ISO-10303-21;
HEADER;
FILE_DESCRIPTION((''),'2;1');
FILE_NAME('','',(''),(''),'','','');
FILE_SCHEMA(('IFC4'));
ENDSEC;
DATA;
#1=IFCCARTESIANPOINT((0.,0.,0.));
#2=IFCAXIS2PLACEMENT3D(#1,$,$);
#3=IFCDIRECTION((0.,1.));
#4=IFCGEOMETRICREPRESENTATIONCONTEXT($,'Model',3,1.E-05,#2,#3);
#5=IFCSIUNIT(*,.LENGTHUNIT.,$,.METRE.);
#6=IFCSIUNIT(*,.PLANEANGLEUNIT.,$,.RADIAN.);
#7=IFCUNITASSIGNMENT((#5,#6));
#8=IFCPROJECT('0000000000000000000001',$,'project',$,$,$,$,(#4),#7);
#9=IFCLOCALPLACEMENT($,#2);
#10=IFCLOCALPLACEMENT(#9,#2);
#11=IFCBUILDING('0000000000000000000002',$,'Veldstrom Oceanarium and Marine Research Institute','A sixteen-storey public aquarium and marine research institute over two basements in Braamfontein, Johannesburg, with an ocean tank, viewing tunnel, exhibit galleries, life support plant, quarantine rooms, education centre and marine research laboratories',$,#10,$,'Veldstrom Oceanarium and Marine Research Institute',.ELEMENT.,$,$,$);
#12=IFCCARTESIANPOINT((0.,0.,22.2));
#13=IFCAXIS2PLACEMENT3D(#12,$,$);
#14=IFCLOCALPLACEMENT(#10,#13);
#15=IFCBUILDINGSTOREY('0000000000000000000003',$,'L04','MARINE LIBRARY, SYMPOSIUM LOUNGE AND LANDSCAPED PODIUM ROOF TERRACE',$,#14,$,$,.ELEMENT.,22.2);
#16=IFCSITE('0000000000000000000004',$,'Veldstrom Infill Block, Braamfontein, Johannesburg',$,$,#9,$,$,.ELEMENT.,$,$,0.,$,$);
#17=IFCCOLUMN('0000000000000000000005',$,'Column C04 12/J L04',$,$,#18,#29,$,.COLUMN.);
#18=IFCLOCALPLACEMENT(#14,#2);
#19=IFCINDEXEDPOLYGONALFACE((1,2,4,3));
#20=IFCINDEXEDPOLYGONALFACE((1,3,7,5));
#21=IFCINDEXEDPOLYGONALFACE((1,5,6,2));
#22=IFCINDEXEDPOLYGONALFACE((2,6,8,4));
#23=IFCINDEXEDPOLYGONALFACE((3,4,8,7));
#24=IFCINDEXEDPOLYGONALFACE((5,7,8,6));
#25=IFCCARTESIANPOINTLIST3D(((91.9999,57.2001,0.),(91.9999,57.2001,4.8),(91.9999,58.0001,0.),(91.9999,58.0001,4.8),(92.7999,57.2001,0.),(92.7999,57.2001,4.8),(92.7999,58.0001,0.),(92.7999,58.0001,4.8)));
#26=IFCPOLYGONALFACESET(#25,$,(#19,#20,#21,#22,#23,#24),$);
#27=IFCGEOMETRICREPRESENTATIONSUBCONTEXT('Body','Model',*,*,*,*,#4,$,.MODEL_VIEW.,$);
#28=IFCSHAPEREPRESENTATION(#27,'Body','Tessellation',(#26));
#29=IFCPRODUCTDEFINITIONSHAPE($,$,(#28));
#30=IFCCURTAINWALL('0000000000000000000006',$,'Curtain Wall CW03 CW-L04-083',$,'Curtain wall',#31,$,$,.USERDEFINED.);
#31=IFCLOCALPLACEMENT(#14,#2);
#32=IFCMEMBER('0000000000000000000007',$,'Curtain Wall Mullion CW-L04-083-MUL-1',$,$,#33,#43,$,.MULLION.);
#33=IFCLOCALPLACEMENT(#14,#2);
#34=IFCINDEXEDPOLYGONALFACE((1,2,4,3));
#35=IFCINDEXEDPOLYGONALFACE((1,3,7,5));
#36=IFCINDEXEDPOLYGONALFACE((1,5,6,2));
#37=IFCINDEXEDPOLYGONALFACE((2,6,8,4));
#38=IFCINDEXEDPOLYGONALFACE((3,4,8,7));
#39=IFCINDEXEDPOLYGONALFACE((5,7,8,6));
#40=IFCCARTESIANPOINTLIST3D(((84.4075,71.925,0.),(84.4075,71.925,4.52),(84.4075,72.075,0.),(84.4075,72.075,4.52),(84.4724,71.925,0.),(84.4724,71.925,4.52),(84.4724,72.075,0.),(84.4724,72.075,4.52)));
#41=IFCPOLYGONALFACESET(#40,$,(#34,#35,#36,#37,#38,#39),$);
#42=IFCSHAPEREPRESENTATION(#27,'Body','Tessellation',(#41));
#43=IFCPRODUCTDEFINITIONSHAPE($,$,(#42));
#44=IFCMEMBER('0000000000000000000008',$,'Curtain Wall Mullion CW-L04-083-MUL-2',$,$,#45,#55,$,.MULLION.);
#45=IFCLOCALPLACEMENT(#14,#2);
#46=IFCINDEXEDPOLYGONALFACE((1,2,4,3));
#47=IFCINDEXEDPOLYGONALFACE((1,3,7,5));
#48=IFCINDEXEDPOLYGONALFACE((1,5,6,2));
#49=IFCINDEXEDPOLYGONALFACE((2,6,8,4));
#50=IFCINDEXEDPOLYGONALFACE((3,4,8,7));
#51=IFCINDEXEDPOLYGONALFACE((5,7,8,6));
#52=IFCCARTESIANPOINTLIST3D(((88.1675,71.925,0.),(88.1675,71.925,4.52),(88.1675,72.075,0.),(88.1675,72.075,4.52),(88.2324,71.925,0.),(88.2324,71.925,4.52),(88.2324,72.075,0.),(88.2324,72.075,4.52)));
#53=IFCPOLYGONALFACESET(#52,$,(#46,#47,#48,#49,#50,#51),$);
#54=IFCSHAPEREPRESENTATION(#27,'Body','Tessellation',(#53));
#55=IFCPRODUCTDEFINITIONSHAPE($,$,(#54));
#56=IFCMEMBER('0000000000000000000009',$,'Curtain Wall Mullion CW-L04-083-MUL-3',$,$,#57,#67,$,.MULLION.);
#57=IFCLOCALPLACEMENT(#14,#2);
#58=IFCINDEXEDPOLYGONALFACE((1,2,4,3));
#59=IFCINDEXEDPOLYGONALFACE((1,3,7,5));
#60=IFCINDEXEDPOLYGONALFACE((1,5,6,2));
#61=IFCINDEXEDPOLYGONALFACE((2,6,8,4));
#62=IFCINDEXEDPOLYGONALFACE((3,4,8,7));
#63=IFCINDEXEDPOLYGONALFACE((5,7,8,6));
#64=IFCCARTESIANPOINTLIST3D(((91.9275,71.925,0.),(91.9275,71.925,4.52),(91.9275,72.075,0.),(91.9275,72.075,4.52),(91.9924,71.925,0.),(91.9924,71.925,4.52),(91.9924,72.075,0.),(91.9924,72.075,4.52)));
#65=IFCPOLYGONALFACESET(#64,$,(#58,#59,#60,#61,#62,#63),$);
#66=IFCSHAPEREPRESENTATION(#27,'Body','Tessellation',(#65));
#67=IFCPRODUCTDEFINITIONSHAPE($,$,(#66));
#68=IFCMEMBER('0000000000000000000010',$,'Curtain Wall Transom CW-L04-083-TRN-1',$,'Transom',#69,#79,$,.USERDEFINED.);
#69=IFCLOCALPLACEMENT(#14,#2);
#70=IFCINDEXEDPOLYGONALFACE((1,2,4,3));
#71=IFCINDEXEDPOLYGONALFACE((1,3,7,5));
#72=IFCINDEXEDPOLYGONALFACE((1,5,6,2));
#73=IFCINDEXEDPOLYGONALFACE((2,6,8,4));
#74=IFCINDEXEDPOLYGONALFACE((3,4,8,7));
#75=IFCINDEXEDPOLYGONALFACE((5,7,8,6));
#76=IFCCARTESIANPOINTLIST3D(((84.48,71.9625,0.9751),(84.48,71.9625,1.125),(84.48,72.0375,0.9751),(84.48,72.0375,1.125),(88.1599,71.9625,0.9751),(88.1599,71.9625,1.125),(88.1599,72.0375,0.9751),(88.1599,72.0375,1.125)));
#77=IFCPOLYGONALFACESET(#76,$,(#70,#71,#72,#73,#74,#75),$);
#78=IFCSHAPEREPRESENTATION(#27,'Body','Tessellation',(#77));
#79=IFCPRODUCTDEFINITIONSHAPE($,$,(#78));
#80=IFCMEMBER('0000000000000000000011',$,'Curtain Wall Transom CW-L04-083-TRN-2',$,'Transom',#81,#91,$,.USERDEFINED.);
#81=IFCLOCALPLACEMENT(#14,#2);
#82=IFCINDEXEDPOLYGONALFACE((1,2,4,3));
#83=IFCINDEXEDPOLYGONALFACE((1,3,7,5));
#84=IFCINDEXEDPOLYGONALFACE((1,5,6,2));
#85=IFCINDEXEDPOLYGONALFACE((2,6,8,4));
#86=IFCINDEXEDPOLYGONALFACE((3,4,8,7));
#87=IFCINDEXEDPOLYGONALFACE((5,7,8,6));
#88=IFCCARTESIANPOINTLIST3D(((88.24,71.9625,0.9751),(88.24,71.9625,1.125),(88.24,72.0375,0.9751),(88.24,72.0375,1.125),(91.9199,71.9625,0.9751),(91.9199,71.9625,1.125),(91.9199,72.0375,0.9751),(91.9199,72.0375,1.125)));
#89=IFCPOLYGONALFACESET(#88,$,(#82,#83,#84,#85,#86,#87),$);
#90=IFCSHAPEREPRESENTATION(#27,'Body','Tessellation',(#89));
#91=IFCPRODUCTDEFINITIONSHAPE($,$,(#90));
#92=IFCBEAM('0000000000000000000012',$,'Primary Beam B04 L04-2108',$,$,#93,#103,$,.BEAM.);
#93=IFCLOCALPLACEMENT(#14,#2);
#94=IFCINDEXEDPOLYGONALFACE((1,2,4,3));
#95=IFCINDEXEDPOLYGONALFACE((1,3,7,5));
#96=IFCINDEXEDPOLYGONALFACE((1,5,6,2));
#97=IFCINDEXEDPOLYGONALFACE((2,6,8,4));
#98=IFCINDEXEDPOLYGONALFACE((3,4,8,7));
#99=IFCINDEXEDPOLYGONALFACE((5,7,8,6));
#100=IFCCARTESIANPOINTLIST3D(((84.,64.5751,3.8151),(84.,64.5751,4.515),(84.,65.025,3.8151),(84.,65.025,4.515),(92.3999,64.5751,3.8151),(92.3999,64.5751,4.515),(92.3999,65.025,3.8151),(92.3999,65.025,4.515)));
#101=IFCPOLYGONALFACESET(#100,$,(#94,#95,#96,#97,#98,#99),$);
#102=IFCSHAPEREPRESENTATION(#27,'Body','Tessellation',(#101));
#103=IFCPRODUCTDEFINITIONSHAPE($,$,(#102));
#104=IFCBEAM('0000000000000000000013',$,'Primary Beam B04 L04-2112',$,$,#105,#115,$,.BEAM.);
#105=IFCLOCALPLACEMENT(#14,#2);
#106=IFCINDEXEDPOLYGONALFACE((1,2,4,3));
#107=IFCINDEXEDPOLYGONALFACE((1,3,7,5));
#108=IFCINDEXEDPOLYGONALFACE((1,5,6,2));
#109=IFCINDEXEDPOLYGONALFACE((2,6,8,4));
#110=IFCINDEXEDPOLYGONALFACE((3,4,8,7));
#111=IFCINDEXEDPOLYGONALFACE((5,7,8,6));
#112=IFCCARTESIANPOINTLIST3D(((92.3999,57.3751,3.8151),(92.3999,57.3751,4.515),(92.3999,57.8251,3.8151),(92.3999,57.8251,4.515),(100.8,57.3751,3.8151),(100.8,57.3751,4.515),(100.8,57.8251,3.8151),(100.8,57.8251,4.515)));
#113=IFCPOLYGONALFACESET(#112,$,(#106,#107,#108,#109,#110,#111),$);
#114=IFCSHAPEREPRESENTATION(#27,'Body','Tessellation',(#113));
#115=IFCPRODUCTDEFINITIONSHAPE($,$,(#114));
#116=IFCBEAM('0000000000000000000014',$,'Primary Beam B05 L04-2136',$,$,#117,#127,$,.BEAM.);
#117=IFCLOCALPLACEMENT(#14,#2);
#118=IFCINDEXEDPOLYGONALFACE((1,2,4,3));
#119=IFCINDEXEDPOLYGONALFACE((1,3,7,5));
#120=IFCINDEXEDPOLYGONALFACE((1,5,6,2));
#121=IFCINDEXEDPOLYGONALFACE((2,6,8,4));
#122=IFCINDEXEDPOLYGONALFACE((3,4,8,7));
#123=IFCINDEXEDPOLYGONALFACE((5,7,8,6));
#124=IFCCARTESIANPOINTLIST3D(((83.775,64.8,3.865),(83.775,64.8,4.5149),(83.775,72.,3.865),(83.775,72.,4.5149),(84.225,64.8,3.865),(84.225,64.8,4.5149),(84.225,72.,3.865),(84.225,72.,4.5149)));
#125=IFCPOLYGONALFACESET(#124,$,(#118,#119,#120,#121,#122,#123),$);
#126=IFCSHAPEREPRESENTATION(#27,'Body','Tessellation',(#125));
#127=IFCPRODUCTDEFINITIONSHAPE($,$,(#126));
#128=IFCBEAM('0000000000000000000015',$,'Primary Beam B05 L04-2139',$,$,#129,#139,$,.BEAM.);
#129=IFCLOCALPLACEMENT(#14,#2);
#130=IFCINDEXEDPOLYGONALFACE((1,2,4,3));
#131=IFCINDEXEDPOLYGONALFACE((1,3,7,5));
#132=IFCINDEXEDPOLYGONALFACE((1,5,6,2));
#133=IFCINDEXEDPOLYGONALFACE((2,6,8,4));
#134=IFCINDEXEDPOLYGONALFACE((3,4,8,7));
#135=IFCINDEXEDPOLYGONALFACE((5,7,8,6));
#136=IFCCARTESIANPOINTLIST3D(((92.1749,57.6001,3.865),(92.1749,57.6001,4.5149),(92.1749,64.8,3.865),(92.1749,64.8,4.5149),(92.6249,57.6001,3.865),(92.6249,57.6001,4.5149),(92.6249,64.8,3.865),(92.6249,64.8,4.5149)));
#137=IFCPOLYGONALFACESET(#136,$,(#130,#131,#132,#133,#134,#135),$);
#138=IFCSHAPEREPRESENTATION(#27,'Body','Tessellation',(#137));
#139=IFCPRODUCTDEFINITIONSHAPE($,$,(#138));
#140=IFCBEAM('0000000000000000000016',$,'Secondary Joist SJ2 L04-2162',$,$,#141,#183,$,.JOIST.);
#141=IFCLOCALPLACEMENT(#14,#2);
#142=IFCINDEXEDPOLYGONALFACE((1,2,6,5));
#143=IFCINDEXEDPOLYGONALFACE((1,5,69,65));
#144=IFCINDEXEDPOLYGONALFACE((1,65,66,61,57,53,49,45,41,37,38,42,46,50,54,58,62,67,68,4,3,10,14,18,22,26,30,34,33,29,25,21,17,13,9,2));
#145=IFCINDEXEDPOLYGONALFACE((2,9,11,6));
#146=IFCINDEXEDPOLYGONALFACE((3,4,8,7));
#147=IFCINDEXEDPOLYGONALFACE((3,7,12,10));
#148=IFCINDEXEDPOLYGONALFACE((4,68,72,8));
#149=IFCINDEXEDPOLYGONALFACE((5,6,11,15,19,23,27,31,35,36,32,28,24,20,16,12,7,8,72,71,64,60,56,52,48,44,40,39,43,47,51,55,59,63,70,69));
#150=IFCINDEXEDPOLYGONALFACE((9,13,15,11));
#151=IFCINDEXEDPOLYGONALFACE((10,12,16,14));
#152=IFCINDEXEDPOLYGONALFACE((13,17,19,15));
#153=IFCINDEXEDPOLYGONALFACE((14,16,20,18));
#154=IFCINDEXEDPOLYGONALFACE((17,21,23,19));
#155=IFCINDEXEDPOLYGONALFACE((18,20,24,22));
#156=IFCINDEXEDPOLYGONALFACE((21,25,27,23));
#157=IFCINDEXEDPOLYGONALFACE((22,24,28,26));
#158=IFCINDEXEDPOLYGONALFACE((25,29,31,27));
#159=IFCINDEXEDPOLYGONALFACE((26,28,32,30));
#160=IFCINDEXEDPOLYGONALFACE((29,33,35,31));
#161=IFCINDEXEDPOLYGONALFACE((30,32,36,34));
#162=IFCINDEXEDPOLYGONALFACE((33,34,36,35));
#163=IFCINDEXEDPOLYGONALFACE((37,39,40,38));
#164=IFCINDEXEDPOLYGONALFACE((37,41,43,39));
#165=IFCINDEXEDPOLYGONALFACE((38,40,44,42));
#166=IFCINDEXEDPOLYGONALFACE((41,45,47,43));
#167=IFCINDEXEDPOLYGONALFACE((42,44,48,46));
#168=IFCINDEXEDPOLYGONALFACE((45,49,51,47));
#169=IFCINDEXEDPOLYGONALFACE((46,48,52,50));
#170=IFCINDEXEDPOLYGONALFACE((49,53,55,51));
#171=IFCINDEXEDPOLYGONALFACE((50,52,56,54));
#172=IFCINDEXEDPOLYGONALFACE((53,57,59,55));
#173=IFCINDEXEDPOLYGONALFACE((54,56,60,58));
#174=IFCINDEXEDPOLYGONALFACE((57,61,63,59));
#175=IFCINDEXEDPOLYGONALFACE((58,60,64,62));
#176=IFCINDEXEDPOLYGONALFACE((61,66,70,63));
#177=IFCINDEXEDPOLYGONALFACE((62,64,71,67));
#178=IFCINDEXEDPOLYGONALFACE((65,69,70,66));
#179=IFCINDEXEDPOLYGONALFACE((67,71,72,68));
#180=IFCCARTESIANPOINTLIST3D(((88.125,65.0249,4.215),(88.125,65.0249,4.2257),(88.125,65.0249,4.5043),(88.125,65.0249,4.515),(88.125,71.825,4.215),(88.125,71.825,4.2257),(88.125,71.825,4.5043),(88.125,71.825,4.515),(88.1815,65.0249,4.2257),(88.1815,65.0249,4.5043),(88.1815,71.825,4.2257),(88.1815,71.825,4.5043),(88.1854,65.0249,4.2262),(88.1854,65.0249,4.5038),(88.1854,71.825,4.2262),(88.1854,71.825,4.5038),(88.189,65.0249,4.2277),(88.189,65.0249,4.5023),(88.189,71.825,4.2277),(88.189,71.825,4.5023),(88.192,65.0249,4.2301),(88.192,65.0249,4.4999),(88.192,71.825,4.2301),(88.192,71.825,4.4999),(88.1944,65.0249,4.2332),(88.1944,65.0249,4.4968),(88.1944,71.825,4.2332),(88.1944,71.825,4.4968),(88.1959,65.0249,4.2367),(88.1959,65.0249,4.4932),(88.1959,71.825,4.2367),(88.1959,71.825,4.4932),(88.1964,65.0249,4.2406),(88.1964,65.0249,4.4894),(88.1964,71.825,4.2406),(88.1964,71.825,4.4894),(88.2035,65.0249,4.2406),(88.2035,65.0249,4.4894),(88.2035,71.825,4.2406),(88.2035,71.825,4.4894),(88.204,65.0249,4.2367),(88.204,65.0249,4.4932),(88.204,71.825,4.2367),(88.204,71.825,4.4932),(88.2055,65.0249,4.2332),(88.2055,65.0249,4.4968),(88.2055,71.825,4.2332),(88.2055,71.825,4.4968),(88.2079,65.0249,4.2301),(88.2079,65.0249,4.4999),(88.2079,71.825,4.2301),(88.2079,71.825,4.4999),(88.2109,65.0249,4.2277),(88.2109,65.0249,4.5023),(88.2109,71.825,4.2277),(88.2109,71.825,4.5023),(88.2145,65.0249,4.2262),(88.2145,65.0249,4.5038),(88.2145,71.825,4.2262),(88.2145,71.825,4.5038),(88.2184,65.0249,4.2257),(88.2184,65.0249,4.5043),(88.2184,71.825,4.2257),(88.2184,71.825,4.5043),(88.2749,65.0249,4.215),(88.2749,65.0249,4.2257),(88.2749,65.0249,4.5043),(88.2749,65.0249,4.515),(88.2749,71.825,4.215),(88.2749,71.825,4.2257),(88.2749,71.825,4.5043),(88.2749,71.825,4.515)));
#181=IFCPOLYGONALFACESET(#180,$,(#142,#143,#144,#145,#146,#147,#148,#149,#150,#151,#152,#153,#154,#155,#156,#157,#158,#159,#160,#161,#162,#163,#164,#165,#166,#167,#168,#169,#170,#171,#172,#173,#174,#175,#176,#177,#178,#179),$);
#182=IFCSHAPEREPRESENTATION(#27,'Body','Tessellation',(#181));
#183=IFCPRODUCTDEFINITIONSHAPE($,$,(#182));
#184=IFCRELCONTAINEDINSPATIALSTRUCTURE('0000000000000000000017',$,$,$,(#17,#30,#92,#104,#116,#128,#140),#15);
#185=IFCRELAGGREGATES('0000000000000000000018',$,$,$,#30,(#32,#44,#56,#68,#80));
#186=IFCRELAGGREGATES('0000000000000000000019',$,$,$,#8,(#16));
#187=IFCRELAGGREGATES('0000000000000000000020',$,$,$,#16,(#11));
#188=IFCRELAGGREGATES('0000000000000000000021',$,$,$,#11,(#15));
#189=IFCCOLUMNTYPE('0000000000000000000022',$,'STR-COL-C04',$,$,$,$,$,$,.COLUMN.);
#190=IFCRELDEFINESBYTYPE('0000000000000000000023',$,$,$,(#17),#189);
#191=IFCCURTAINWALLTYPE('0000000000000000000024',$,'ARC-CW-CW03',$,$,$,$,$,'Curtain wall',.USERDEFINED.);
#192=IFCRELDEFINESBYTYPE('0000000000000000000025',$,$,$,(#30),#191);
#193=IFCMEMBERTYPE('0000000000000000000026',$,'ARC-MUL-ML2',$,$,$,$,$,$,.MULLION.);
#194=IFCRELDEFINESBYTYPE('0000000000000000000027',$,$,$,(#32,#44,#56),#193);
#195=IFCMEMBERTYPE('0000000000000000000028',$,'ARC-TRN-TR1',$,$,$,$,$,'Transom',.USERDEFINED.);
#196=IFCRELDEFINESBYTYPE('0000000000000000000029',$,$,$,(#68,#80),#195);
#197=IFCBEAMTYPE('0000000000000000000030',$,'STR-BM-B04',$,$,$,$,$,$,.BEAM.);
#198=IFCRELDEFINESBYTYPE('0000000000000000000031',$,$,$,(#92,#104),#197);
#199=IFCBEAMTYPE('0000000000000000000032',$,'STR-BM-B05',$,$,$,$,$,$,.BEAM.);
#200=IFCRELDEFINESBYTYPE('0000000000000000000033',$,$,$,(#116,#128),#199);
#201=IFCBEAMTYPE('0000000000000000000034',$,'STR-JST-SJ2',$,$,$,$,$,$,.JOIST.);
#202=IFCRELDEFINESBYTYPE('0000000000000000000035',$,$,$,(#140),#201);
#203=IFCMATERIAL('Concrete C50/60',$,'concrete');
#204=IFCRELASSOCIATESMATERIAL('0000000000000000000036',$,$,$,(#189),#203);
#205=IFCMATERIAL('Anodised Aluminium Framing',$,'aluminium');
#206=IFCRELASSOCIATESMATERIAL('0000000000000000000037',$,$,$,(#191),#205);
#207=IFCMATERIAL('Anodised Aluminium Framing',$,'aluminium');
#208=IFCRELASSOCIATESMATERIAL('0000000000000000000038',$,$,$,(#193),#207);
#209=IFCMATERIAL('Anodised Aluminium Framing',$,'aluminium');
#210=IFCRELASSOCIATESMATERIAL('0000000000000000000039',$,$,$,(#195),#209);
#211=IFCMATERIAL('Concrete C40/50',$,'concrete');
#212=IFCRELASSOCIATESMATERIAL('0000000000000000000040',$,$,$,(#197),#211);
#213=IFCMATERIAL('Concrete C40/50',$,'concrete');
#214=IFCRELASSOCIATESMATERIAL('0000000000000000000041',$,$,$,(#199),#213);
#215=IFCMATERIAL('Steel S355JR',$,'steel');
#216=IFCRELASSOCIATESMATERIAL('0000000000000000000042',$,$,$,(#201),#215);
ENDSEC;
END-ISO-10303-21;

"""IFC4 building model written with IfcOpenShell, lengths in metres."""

from ifc_helpers import new_model, si_unit, direction, frame, origin, origin_2d, place, context, subcontext, project, spatial, rectangle, i_section, extrude, material, material_profile, profile_set, type_object, element, aggregate, save


model = new_model("IFC4")

# Units and contexts
model_context = context("Model", 3, precision=1e-05, world=origin(), true_north=direction((0.0, 1.0)))
body_context = subcontext(model_context, "Body", "Model", "MODEL_VIEW")
ifc_project = project(units=[si_unit("LENGTHUNIT", "METRE"), si_unit("PLANEANGLEUNIT", "RADIAN")], contexts=[model_context])

# Site, building, storey
site_placement = place(None, origin())
site = spatial("IfcSite", under=ifc_project, at=site_placement, Name="Veldstrom Infill Block, Braamfontein, Johannesburg", CompositionType="ELEMENT", RefElevation=0.0)
building_placement = place(site_placement, origin())
building = spatial("IfcBuilding", under=site, at=building_placement, Name="Veldstrom Oceanarium and Marine Research Institute", Description="A sixteen-storey public aquarium and marine research institute over two basements in Braamfontein, Johannesburg, with an ocean tank, viewing tunnel, exhibit galleries, life support plant, quarantine rooms, education centre and marine research laboratories", LongName="Veldstrom Oceanarium and Marine Research Institute", CompositionType="ELEMENT")
storey_placement = place(building_placement, frame((0.0, 0.0, 22.2)))
storey = spatial("IfcBuildingStorey", under=building, at=storey_placement, Name="L04", Description="MARINE LIBRARY, SYMPOSIUM LOUNGE AND LANDSCAPED PODIUM ROOF TERRACE", CompositionType="ELEMENT", Elevation=22.2)

# Column
ifc_material_1 = material(Name="Concrete C50/60", Category="concrete")
ifc_material_profile_1 = material_profile(ifc_material_1, rectangle(XDim=0.8, YDim=0.8, at=origin_2d()), Name="RC-COL-800x800")
ifc_profile_set_1 = profile_set([ifc_material_profile_1], Name="Concrete C50/60")
column_type = type_object("IfcColumnType", Name="STR-COL-C04", PredefinedType="COLUMN", material=ifc_profile_set_1)
column_placement = place(storey_placement, frame((92.3999, 57.6001, 0.0), z_axis=(0.0, 0.0, 1.0), x_axis=(1.0, 0.0, 0.0)))
element("IfcColumn", 1, at=column_placement, inside=storey, type_object=column_type, Name="Column C04 12/J L04", PredefinedType="COLUMN", context=body_context, shape_type="SweptSolid", body=[
    extrude(rectangle(XDim=0.8, YDim=0.8, at=origin_2d()), origin(), (0.0, 0.0, 1.0), 4.8),
])

# Curtain wall, members
ifc_material_2 = material(Name="Anodised Aluminium Framing", Category="aluminium")
curtain_wall_type = type_object("IfcCurtainWallType", Name="ARC-CW-CW03", ElementType="Curtain wall", PredefinedType="USERDEFINED", material=ifc_material_2)
curtain_wall_placement = place(storey_placement, origin())
curtain_wall = element("IfcCurtainWall", 2, at=curtain_wall_placement, inside=storey, type_object=curtain_wall_type, Name="Curtain Wall CW03 CW-L04-083", ObjectType="Curtain wall", PredefinedType="USERDEFINED")
ifc_material_3 = material(Name="Anodised Aluminium Framing", Category="aluminium")
ifc_material_profile_2 = material_profile(ifc_material_3, rectangle(XDim=0.0649, YDim=0.1499, at=origin_2d()), Name="ALU-MUL-65x150")
ifc_profile_set_2 = profile_set([ifc_material_profile_2], Name="Anodised Aluminium Framing")
member_type_1 = type_object("IfcMemberType", Name="ARC-MUL-ML2", PredefinedType="MULLION", material=ifc_profile_set_2)
member_1_placement = place(storey_placement, frame((84.4399, 72.0, 0.0), z_axis=(0.0, 0.0, 1.0), x_axis=(1.0, 0.0, 0.0)))
member_1 = element("IfcMember", 3, at=member_1_placement, type_object=member_type_1, Name="Curtain Wall Mullion CW-L04-083-MUL-1", PredefinedType="MULLION", context=body_context, shape_type="SweptSolid", body=[
    extrude(rectangle(XDim=0.0649, YDim=0.1499, at=origin_2d()), origin(), (0.0, 0.0, 1.0), 4.52),
])
member_2_placement = place(storey_placement, frame((88.2, 72.0, 0.0), z_axis=(0.0, 0.0, 1.0), x_axis=(1.0, 0.0, 0.0)))
member_2 = element("IfcMember", 4, at=member_2_placement, type_object=member_type_1, Name="Curtain Wall Mullion CW-L04-083-MUL-2", PredefinedType="MULLION", context=body_context, shape_type="SweptSolid", body=[
    extrude(rectangle(XDim=0.0649, YDim=0.1499, at=origin_2d()), origin(), (0.0, 0.0, 1.0), 4.52),
])
member_3_placement = place(storey_placement, frame((91.96, 72.0, 0.0), z_axis=(0.0, 0.0, 1.0), x_axis=(1.0, 0.0, 0.0)))
member_3 = element("IfcMember", 5, at=member_3_placement, type_object=member_type_1, Name="Curtain Wall Mullion CW-L04-083-MUL-3", PredefinedType="MULLION", context=body_context, shape_type="SweptSolid", body=[
    extrude(rectangle(XDim=0.0649, YDim=0.1499, at=origin_2d()), origin(), (0.0, 0.0, 1.0), 4.52),
])
ifc_material_4 = material(Name="Anodised Aluminium Framing", Category="aluminium")
ifc_material_profile_3 = material_profile(ifc_material_4, rectangle(XDim=0.075, YDim=0.1499, at=origin_2d()), Name="ALU-TRN-75x150")
ifc_profile_set_3 = profile_set([ifc_material_profile_3], Name="Anodised Aluminium Framing")
member_type_2 = type_object("IfcMemberType", Name="ARC-TRN-TR1", ElementType="Transom", PredefinedType="USERDEFINED", material=ifc_profile_set_3)
member_4_placement = place(storey_placement, frame((84.48, 72.0, 1.05), z_axis=(1.0, 0.0, 0.0), x_axis=(0.0, 1.0, 0.0)))
member_4 = element("IfcMember", 6, at=member_4_placement, type_object=member_type_2, Name="Curtain Wall Transom CW-L04-083-TRN-1", ObjectType="Transom", PredefinedType="USERDEFINED", context=body_context, shape_type="SweptSolid", body=[
    extrude(rectangle(XDim=0.075, YDim=0.1499, at=origin_2d()), origin(), (0.0, 0.0, 1.0), 3.6799),
])
member_5_placement = place(storey_placement, frame((88.24, 72.0, 1.05), z_axis=(1.0, 0.0, 0.0), x_axis=(0.0, 1.0, 0.0)))
member_5 = element("IfcMember", 7, at=member_5_placement, type_object=member_type_2, Name="Curtain Wall Transom CW-L04-083-TRN-2", ObjectType="Transom", PredefinedType="USERDEFINED", context=body_context, shape_type="SweptSolid", body=[
    extrude(rectangle(XDim=0.075, YDim=0.1499, at=origin_2d()), origin(), (0.0, 0.0, 1.0), 3.6799),
])

# Beams
ifc_material_5 = material(Name="Concrete C40/50", Category="concrete")
ifc_material_profile_4 = material_profile(ifc_material_5, rectangle(XDim=0.45, YDim=0.7, at=origin_2d()), Name="RC-BM-450x700")
ifc_profile_set_4 = profile_set([ifc_material_profile_4], Name="Concrete C40/50")
beam_type_1 = type_object("IfcBeamType", Name="STR-BM-B04", PredefinedType="BEAM", material=ifc_profile_set_4)
beam_1_placement = place(storey_placement, frame((84.0, 64.8, 4.165), z_axis=(1.0, 0.0, 0.0), x_axis=(0.0, 1.0, 0.0)))
element("IfcBeam", 8, at=beam_1_placement, inside=storey, type_object=beam_type_1, Name="Primary Beam B04 L04-2108", PredefinedType="BEAM", context=body_context, shape_type="SweptSolid", body=[
    extrude(rectangle(XDim=0.45, YDim=0.7, at=origin_2d()), origin(), (0.0, 0.0, 1.0), 8.3999),
])
beam_2_placement = place(storey_placement, frame((92.3999, 57.6001, 4.165), z_axis=(1.0, 0.0, 0.0), x_axis=(0.0, 1.0, 0.0)))
element("IfcBeam", 9, at=beam_2_placement, inside=storey, type_object=beam_type_1, Name="Primary Beam B04 L04-2112", PredefinedType="BEAM", context=body_context, shape_type="SweptSolid", body=[
    extrude(rectangle(XDim=0.45, YDim=0.7, at=origin_2d()), origin(), (0.0, 0.0, 1.0), 8.4001),
])
ifc_material_6 = material(Name="Concrete C40/50", Category="concrete")
ifc_material_profile_5 = material_profile(ifc_material_6, rectangle(XDim=0.45, YDim=0.6499, at=origin_2d()), Name="RC-BM-450x650")
ifc_profile_set_5 = profile_set([ifc_material_profile_5], Name="Concrete C40/50")
beam_type_2 = type_object("IfcBeamType", Name="STR-BM-B05", PredefinedType="BEAM", material=ifc_profile_set_5)
for number, where, z_axis, x_axis, name in (
    (10, (84.0, 64.8, 4.1899), (0.0, 1.0, 0.0), (-1.0, 0.0, 0.0), "Primary Beam B05 L04-2136"),
    (11, (92.3999, 57.6001, 4.1899), (0.0, 1.0, 0.0), (-1.0, 0.0, 0.0), "Primary Beam B05 L04-2139"),
):
    element("IfcBeam", number, at=place(storey_placement, frame(where, z_axis=z_axis, x_axis=x_axis)), inside=storey, type_object=beam_type_2, Name=name, PredefinedType="BEAM", context=body_context, shape_type="SweptSolid", body=[
        extrude(rectangle(XDim=0.45, YDim=0.6499, at=origin_2d()), origin(), (0.0, 0.0, 1.0), 7.2),
    ])
ifc_material_7 = material(Name="Steel S355JR", Category="steel")
ifc_material_profile_6 = material_profile(ifc_material_7, i_section(OverallWidth=0.1499, OverallDepth=0.3, WebThickness=0.0071, FlangeThickness=0.0107, FilletRadius=0.0149, at=origin_2d()), Name="IPE 300")
ifc_profile_set_6 = profile_set([ifc_material_profile_6], Name="Steel S355JR")
beam_type_3 = type_object("IfcBeamType", Name="STR-JST-SJ2", PredefinedType="JOIST", material=ifc_profile_set_6)
beam_3_placement = place(storey_placement, frame((88.2, 65.0249, 4.365), z_axis=(0.0, 1.0, 0.0), x_axis=(-1.0, 0.0, 0.0)))
element("IfcBeam", 12, at=beam_3_placement, inside=storey, type_object=beam_type_3, Name="Secondary Joist SJ2 L04-2162", PredefinedType="JOIST", context=body_context, shape_type="SweptSolid", body=[
    extrude(i_section(OverallWidth=0.1499, OverallDepth=0.3, WebThickness=0.0071, FlangeThickness=0.0107, FilletRadius=0.0149, at=origin_2d()), origin(), (0.0, 0.0, 1.0), 6.8),
])

aggregate(curtain_wall, [member_1, member_2, member_3, member_4, member_5])

save(model, "model.ifc")
